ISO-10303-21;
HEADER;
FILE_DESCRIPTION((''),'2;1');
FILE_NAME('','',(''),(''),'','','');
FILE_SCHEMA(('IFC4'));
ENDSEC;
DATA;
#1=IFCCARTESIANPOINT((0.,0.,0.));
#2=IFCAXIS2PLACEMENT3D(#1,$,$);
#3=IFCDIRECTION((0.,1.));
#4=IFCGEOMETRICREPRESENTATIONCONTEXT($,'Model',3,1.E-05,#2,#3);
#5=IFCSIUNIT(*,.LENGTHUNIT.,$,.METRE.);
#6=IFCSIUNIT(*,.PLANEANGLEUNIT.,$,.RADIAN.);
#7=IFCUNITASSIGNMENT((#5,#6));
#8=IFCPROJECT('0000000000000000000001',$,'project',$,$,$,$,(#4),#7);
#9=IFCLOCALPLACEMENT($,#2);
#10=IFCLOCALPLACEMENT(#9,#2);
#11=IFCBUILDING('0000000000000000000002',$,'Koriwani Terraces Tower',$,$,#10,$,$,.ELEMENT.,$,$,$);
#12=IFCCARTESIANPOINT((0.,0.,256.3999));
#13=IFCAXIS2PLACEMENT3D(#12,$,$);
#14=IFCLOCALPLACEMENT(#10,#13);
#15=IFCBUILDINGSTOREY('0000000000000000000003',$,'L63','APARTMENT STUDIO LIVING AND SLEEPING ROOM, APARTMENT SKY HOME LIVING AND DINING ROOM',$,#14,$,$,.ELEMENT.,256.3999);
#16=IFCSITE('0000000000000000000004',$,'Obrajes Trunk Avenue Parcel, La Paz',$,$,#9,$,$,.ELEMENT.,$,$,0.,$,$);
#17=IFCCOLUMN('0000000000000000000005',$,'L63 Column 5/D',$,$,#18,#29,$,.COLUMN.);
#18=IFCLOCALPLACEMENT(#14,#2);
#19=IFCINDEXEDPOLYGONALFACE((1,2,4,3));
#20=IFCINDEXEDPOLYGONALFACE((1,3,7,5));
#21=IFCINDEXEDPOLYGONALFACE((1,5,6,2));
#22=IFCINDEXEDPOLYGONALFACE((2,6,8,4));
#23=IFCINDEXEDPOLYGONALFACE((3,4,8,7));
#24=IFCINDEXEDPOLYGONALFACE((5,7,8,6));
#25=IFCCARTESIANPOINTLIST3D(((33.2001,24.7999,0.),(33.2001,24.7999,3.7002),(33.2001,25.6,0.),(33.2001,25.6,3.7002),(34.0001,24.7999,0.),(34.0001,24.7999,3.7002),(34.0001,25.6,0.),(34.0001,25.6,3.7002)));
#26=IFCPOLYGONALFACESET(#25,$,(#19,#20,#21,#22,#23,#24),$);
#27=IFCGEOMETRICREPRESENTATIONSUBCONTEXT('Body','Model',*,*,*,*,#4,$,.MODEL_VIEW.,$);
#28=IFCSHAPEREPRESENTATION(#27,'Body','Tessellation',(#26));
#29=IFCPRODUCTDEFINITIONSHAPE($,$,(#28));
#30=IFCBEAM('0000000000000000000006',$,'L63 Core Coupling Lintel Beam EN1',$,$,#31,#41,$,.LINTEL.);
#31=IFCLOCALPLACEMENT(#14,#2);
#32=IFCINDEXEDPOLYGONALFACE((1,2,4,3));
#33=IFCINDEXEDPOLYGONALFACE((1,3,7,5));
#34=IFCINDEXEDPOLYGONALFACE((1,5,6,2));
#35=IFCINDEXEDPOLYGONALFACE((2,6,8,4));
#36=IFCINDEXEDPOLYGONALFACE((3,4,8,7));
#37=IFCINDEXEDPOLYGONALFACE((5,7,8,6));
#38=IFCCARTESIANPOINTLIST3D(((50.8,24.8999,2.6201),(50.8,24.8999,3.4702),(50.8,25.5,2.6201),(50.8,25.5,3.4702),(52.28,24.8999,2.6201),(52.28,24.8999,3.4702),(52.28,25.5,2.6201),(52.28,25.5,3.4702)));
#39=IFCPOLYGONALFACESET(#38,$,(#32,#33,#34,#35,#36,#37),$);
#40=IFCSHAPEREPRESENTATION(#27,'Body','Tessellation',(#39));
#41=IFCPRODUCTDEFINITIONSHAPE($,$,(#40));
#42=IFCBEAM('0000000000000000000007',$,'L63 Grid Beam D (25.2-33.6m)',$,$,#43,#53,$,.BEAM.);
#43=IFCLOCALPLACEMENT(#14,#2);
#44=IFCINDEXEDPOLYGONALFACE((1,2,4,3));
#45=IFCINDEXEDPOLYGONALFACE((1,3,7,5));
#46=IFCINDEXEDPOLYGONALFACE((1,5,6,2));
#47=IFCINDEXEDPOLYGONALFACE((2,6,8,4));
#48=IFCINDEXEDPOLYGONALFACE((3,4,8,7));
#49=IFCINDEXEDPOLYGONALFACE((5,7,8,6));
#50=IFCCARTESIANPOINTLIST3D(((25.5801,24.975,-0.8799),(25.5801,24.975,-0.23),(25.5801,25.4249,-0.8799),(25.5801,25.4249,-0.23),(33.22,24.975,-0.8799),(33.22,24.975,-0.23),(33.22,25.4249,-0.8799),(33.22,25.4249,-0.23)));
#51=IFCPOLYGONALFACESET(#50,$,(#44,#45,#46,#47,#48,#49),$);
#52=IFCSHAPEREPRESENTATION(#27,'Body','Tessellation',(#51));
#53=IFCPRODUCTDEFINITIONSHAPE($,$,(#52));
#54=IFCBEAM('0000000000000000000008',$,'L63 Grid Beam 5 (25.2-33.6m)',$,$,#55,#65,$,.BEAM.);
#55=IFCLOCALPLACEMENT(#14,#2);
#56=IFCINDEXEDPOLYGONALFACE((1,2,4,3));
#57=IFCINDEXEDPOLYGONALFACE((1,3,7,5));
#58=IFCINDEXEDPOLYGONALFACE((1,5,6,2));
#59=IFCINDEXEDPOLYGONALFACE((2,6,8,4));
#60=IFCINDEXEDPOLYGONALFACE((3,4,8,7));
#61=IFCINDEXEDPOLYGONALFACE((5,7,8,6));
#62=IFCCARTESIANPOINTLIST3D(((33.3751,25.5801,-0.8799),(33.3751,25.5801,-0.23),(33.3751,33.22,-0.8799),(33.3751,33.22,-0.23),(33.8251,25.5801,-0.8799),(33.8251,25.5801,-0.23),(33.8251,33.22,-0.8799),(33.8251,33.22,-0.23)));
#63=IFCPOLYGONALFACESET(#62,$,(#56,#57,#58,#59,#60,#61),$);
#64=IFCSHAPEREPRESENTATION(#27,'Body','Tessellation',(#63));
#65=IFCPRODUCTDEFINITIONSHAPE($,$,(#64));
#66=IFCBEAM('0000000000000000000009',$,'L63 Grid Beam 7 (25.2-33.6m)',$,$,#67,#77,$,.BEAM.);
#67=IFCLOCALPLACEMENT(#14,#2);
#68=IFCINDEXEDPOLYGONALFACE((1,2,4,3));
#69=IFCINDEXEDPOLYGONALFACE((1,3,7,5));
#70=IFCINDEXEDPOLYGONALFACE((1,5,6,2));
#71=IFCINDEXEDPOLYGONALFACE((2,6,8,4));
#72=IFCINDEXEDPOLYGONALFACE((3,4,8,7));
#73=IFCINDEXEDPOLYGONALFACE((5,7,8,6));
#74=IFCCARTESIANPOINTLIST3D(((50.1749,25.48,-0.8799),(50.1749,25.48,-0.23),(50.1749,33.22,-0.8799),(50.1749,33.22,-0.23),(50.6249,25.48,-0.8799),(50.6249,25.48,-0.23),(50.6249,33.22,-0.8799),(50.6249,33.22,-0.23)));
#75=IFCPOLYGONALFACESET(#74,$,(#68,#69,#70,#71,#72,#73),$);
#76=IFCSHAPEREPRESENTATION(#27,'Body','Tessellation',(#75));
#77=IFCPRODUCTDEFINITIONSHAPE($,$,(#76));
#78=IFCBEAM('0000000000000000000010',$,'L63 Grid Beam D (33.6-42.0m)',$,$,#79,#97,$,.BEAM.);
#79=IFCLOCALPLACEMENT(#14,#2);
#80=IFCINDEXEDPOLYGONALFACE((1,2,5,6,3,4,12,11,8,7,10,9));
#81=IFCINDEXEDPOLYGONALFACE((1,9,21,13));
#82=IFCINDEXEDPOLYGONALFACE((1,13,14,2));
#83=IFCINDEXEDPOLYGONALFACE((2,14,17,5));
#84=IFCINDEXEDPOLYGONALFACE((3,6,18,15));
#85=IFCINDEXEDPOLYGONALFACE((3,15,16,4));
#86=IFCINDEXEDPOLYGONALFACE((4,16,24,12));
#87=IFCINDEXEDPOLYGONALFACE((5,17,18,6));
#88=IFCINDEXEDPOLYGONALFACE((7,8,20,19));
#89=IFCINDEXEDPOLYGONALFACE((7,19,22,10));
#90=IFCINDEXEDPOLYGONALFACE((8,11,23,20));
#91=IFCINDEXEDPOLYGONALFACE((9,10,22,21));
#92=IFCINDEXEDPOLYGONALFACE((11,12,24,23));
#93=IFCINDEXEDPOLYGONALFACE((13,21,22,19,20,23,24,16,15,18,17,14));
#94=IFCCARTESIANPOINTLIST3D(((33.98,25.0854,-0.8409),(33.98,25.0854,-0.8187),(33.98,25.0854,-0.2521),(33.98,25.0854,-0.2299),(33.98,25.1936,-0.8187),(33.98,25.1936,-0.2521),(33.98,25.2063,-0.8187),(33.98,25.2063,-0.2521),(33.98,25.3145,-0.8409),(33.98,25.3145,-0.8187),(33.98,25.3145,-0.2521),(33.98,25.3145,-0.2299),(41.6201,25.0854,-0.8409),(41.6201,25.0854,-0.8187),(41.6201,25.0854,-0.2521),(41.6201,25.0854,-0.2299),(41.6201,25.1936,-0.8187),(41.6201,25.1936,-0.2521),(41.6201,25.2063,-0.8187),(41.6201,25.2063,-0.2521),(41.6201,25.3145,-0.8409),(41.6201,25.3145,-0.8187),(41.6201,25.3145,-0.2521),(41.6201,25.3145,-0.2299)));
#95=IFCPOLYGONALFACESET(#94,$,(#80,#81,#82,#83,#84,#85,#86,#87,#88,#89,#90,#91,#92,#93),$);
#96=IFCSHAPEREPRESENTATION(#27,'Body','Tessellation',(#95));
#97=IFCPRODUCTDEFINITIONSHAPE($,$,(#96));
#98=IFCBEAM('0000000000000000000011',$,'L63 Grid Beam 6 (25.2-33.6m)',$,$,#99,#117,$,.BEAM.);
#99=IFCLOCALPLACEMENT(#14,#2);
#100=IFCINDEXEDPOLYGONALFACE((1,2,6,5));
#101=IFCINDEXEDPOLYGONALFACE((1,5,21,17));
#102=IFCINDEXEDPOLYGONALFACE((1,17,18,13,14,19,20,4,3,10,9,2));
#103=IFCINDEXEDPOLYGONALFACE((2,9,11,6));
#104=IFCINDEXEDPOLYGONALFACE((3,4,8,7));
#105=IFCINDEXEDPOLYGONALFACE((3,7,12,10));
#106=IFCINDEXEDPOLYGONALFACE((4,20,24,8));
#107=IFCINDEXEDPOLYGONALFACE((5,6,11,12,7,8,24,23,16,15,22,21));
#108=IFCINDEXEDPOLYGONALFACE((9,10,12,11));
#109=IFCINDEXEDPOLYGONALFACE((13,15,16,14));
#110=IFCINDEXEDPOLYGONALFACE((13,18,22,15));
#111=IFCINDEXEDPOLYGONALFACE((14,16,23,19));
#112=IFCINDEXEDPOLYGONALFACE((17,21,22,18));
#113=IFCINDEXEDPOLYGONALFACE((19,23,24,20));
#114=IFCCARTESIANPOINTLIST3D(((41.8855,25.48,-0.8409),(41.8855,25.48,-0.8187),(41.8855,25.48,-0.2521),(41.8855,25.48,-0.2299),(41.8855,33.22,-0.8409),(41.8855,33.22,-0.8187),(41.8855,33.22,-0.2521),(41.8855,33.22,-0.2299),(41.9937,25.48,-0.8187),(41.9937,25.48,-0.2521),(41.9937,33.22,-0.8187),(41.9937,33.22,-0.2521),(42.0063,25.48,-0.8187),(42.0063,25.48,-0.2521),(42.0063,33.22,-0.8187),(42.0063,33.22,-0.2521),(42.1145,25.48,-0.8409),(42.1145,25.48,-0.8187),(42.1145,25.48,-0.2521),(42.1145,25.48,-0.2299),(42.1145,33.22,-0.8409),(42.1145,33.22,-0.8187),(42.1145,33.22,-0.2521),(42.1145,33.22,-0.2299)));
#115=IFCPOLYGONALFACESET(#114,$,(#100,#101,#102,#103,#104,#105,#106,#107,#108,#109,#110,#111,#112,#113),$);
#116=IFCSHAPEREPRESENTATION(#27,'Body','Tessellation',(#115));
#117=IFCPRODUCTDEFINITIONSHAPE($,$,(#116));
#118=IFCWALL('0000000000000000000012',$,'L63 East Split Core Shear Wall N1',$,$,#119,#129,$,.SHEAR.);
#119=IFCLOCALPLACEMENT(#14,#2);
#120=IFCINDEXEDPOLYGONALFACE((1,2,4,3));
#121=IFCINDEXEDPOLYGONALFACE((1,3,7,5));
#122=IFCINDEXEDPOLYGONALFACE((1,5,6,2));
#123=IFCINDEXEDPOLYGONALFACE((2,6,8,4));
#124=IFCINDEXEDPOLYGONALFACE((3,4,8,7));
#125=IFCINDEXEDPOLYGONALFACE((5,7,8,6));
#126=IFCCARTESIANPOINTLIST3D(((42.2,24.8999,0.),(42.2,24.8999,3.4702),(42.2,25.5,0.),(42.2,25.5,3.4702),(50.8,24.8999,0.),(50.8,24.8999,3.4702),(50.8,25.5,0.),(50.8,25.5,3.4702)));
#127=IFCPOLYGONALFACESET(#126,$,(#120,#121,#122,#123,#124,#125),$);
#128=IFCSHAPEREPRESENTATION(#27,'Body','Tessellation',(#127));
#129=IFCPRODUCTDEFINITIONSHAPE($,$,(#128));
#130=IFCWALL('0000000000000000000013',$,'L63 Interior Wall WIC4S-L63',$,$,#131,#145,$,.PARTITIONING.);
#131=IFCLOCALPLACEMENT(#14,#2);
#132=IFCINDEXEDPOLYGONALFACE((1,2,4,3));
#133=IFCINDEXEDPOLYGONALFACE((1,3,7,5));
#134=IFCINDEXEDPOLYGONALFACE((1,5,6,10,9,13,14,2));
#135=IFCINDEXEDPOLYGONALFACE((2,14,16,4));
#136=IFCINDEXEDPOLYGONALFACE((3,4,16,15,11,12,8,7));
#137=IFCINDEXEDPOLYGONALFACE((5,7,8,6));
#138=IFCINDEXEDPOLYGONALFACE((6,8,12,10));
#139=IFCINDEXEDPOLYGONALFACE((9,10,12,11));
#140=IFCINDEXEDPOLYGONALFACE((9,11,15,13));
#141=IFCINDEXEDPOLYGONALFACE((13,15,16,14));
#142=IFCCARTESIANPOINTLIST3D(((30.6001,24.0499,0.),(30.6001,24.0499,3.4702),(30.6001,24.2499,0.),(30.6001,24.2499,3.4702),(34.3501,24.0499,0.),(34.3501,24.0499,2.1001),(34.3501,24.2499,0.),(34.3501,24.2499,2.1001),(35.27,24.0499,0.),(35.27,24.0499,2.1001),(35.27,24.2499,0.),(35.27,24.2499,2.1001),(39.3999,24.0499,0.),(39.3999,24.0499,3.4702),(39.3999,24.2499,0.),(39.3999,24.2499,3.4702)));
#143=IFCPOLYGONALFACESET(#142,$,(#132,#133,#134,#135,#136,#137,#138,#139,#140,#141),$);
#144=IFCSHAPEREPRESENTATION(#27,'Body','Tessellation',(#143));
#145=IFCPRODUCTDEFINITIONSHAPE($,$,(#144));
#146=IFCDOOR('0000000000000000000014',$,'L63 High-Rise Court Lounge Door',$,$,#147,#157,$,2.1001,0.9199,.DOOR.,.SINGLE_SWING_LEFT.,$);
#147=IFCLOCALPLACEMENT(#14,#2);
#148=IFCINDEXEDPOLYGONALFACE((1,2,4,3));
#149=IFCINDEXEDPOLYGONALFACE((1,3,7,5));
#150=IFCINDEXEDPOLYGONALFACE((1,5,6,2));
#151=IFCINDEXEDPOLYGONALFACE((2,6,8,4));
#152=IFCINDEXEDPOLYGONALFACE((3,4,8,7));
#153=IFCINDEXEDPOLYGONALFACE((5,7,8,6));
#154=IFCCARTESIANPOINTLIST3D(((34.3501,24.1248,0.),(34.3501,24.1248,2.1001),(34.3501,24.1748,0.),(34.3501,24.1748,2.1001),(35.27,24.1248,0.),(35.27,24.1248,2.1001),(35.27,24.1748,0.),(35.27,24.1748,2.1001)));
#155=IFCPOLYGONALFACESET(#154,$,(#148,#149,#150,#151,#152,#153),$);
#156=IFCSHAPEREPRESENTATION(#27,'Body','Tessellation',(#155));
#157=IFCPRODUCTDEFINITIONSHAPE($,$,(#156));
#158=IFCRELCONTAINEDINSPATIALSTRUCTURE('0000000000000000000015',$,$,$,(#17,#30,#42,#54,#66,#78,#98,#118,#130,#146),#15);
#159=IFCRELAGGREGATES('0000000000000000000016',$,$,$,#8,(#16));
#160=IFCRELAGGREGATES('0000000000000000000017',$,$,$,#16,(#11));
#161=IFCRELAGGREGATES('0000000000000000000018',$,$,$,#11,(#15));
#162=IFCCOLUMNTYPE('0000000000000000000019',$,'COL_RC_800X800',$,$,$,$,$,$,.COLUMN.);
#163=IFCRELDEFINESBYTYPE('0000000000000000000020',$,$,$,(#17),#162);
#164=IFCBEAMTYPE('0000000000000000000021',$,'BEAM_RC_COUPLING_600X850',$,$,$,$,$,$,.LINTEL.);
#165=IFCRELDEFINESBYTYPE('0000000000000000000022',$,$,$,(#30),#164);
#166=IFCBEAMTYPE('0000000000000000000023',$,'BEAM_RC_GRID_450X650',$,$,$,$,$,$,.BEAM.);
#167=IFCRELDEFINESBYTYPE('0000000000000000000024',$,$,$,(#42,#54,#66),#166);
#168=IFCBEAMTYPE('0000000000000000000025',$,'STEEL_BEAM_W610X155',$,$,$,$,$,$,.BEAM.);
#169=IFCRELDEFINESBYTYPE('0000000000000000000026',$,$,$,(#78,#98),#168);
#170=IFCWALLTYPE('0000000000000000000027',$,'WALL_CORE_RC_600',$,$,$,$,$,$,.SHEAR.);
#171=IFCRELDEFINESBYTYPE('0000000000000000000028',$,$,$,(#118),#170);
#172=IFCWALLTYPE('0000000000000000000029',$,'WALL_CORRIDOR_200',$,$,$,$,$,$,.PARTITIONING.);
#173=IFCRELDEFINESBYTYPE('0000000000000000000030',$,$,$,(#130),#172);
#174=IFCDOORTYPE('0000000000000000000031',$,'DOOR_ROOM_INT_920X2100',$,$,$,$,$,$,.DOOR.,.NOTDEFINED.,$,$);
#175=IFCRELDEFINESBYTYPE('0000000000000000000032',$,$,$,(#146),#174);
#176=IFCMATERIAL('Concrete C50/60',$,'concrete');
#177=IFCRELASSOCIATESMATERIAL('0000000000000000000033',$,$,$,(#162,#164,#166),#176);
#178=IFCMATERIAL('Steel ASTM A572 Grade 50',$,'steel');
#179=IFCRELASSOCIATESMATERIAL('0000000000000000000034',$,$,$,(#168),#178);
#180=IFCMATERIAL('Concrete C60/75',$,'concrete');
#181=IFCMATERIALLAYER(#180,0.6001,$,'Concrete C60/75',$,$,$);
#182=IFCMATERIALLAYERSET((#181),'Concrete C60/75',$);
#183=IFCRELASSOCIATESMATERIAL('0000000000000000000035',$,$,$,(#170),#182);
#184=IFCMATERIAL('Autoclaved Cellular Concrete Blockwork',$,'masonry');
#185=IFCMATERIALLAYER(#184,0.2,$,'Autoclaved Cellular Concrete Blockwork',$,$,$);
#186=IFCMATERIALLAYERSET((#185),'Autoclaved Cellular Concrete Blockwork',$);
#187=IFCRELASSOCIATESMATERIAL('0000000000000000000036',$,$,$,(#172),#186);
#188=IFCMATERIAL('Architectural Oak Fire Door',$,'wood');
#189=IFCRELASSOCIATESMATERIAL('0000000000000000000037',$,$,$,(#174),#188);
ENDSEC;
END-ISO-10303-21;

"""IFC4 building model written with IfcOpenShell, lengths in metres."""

from ifc_helpers import new_model, si_unit, direction, frame, frame_2d, origin, origin_2d, place, context, subcontext, project, spatial, rectangle, i_section, extrude, material, layer, layer_set, material_profile, profile_set, type_object, element, fill, save


model = new_model("IFC4")

# Units and contexts
model_context = context("Model", 3, precision=1e-05, world=origin(), true_north=direction((0.0, 1.0)))
body_context = subcontext(model_context, "Body", "Model", "MODEL_VIEW")
ifc_project = project(units=[si_unit("LENGTHUNIT", "METRE"), si_unit("PLANEANGLEUNIT", "RADIAN")], contexts=[model_context])

# Site, building, storey
site_placement = place(None, origin())
site = spatial("IfcSite", under=ifc_project, at=site_placement, Name="Obrajes Trunk Avenue Parcel, La Paz", CompositionType="ELEMENT", RefElevation=0.0)
building_placement = place(site_placement, origin())
building = spatial("IfcBuilding", under=site, at=building_placement, Name="Koriwani Terraces Tower", CompositionType="ELEMENT")
storey_placement = place(building_placement, frame((0.0, 0.0, 256.3999)))
storey = spatial("IfcBuildingStorey", under=building, at=storey_placement, Name="L63", Description="APARTMENT STUDIO LIVING AND SLEEPING ROOM, APARTMENT SKY HOME LIVING AND DINING ROOM", CompositionType="ELEMENT", Elevation=256.3999)

# Column
ifc_material_1 = material(Name="Concrete C50/60", Category="concrete")
ifc_material_profile_1 = material_profile(ifc_material_1, rectangle(XDim=0.8, YDim=0.8, at=origin_2d()), Name="Concrete C50/60", Category="LoadBearing")
ifc_profile_set_1 = profile_set([ifc_material_profile_1], Name="Concrete C50/60")
column_type = type_object("IfcColumnType", Name="COL_RC_800X800", PredefinedType="COLUMN", material=ifc_profile_set_1)
column_placement = place(storey_placement, frame((33.6001, 25.2, 0.0), z_axis=(0.0, 0.0, 1.0), x_axis=(1.0, 0.0, 0.0)))
element("IfcColumn", 1, at=column_placement, inside=storey, type_object=column_type, Name="L63 Column 5/D", PredefinedType="COLUMN", context=body_context, shape_type="SweptSolid", body=[
    extrude(rectangle(XDim=0.8, YDim=0.8, at=origin_2d()), origin(), (0.0, 0.0, 1.0), 3.7002),
])

# Beams
ifc_material_profile_2 = material_profile(ifc_material_1, rectangle(XDim=0.6001, YDim=0.8501, at=origin_2d()), Name="Concrete C50/60", Category="LoadBearing")
ifc_profile_set_2 = profile_set([ifc_material_profile_2], Name="Concrete C50/60")
beam_type_1 = type_object("IfcBeamType", Name="BEAM_RC_COUPLING_600X850", PredefinedType="LINTEL", material=ifc_profile_set_2)
beam_1_placement = place(storey_placement, frame((50.8, 25.2, 3.0452), z_axis=(1.0, 0.0, 0.0), x_axis=(0.0, 1.0, 0.0)))
element("IfcBeam", 2, at=beam_1_placement, inside=storey, type_object=beam_type_1, Name="L63 Core Coupling Lintel Beam EN1", PredefinedType="LINTEL", context=body_context, shape_type="SweptSolid", body=[
    extrude(rectangle(XDim=0.6001, YDim=0.8501, at=origin_2d()), origin(), (0.0, 0.0, 1.0), 1.48),
])
ifc_material_profile_3 = material_profile(ifc_material_1, rectangle(XDim=0.45, YDim=0.6499, at=origin_2d()), Name="Concrete C50/60", Category="LoadBearing")
ifc_profile_set_3 = profile_set([ifc_material_profile_3], Name="Concrete C50/60")
beam_type_2 = type_object("IfcBeamType", Name="BEAM_RC_GRID_450X650", PredefinedType="BEAM", material=ifc_profile_set_3)
for number, where, z_axis, x_axis, name in (
    (3, (25.5801, 25.2, -0.5549), (1.0, 0.0, 0.0), (0.0, 1.0, 0.0), "L63 Grid Beam D (25.2-33.6m)"),
    (4, (33.6001, 25.5801, -0.5549), (0.0, 1.0, 0.0), (-1.0, 0.0, 0.0), "L63 Grid Beam 5 (25.2-33.6m)"),
):
    element("IfcBeam", number, at=place(storey_placement, frame(where, z_axis=z_axis, x_axis=x_axis)), inside=storey, type_object=beam_type_2, Name=name, PredefinedType="BEAM", context=body_context, shape_type="SweptSolid", body=[
        extrude(rectangle(XDim=0.45, YDim=0.6499, at=origin_2d()), origin(), (0.0, 0.0, 1.0), 7.6399),
    ])
beam_2_placement = place(storey_placement, frame((50.3999, 25.48, -0.5549), z_axis=(0.0, 1.0, 0.0), x_axis=(-1.0, 0.0, 0.0)))
element("IfcBeam", 5, at=beam_2_placement, inside=storey, type_object=beam_type_2, Name="L63 Grid Beam 7 (25.2-33.6m)", PredefinedType="BEAM", context=body_context, shape_type="SweptSolid", body=[
    extrude(rectangle(XDim=0.45, YDim=0.6499, at=origin_2d()), origin(), (0.0, 0.0, 1.0), 7.74),
])
ifc_material_2 = material(Name="Steel ASTM A572 Grade 50", Category="steel")
ifc_material_profile_4 = material_profile(ifc_material_2, i_section(OverallWidth=0.229, OverallDepth=0.6111, WebThickness=0.0127, FlangeThickness=0.0222, at=origin_2d()), Name="Steel ASTM A572 Grade 50", Category="LoadBearing")
ifc_profile_set_4 = profile_set([ifc_material_profile_4], Name="Steel ASTM A572 Grade 50")
beam_type_3 = type_object("IfcBeamType", Name="STEEL_BEAM_W610X155", PredefinedType="BEAM", material=ifc_profile_set_4)
beam_3_placement = place(storey_placement, frame((33.98, 25.2, -0.5354), z_axis=(1.0, 0.0, 0.0), x_axis=(0.0, 1.0, 0.0)))
element("IfcBeam", 6, at=beam_3_placement, inside=storey, type_object=beam_type_3, Name="L63 Grid Beam D (33.6-42.0m)", PredefinedType="BEAM", context=body_context, shape_type="SweptSolid", body=[
    extrude(i_section(OverallWidth=0.229, OverallDepth=0.6111, WebThickness=0.0127, FlangeThickness=0.0222, at=origin_2d()), origin(), (0.0, 0.0, 1.0), 7.6401),
])
beam_4_placement = place(storey_placement, frame((42.0, 25.48, -0.5354), z_axis=(0.0, 1.0, 0.0), x_axis=(-1.0, 0.0, 0.0)))
element("IfcBeam", 7, at=beam_4_placement, inside=storey, type_object=beam_type_3, Name="L63 Grid Beam 6 (25.2-33.6m)", PredefinedType="BEAM", context=body_context, shape_type="SweptSolid", body=[
    extrude(i_section(OverallWidth=0.229, OverallDepth=0.6111, WebThickness=0.0127, FlangeThickness=0.0222, at=origin_2d()), origin(), (0.0, 0.0, 1.0), 7.74),
])

# Wall
ifc_material_3 = material(Name="Concrete C60/75", Category="concrete")
ifc_layer_1 = layer(ifc_material_3, 0.6001, Name="Concrete C60/75")
ifc_layer_set_1 = layer_set([ifc_layer_1], Name="Concrete C60/75")
wall_type_1 = type_object("IfcWallType", Name="WALL_CORE_RC_600", PredefinedType="SHEAR", material=ifc_layer_set_1)
wall_1_placement = place(storey_placement, frame((42.2, 25.2, 0.0), z_axis=(0.0, 0.0, 1.0), x_axis=(1.0, 0.0, 0.0)))
element("IfcWall", 8, at=wall_1_placement, inside=storey, type_object=wall_type_1, Name="L63 East Split Core Shear Wall N1", PredefinedType="SHEAR", context=body_context, shape_type="SweptSolid", body=[
    extrude(rectangle(XDim=8.6001, YDim=0.6001, at=frame_2d((4.3, 0.0))), origin(), (0.0, 0.0, 1.0), 3.4702),
])

# Wall, opening, door
ifc_material_4 = material(Name="Autoclaved Cellular Concrete Blockwork", Category="masonry")
ifc_layer_2 = layer(ifc_material_4, 0.2, Name="Autoclaved Cellular Concrete Blockwork")
ifc_layer_set_2 = layer_set([ifc_layer_2], Name="Autoclaved Cellular Concrete Blockwork")
wall_type_2 = type_object("IfcWallType", Name="WALL_CORRIDOR_200", PredefinedType="PARTITIONING", material=ifc_layer_set_2)
wall_2_placement = place(storey_placement, frame((30.6001, 24.1499, 0.0), z_axis=(0.0, 0.0, 1.0), x_axis=(1.0, 0.0, 0.0)))
wall_2 = element("IfcWall", 9, at=wall_2_placement, inside=storey, type_object=wall_type_2, Name="L63 Interior Wall WIC4S-L63", PredefinedType="PARTITIONING", context=body_context, shape_type="SweptSolid", body=[
    extrude(rectangle(XDim=8.7998, YDim=0.2, at=frame_2d((4.3999, 0.0))), origin(), (0.0, 0.0, 1.0), 3.4702),
])
opening_1_placement = place(wall_2_placement, frame((3.75, 0.0, 0.0)))
opening_1 = element("IfcOpeningElement", 10, at=opening_1_placement, cuts=wall_2, PredefinedType="OPENING", context=body_context, shape_type="SweptSolid", body=[
    extrude(rectangle(XDim=0.9199, YDim=2.1001, at=frame_2d((0.46, 1.05))), frame((0.0, 0.1099, 0.0), z_axis=(0.0, -1.0, 0.0), x_axis=(1.0, 0.0, 0.0)), (0.0, 0.0, 1.0), 0.22),
])
ifc_material_5 = material(Name="Architectural Oak Fire Door", Category="wood")
door_type_1 = type_object("IfcDoorType", Name="DOOR_ROOM_INT_920X2100", OperationType="NOTDEFINED", PredefinedType="DOOR", material=ifc_material_5)
door_1_placement = place(opening_1_placement, origin())
door_1 = element("IfcDoor", 11, at=door_1_placement, inside=storey, type_object=door_type_1, Name="L63 High-Rise Court Lounge Door", OperationType="SINGLE_SWING_LEFT", OverallHeight=2.1001, OverallWidth=0.9199, PredefinedType="DOOR", context=body_context, shape_type="SweptSolid", body=[
    extrude(rectangle(XDim=0.9199, YDim=2.1001, at=frame_2d((0.46, 1.05))), frame((0.0, 0.0249, 0.0), z_axis=(0.0, -1.0, 0.0), x_axis=(1.0, 0.0, 0.0)), (0.0, 0.0, 1.0), 0.05),
])
fill(opening_1, door_1)

save(model, "model.ifc")
